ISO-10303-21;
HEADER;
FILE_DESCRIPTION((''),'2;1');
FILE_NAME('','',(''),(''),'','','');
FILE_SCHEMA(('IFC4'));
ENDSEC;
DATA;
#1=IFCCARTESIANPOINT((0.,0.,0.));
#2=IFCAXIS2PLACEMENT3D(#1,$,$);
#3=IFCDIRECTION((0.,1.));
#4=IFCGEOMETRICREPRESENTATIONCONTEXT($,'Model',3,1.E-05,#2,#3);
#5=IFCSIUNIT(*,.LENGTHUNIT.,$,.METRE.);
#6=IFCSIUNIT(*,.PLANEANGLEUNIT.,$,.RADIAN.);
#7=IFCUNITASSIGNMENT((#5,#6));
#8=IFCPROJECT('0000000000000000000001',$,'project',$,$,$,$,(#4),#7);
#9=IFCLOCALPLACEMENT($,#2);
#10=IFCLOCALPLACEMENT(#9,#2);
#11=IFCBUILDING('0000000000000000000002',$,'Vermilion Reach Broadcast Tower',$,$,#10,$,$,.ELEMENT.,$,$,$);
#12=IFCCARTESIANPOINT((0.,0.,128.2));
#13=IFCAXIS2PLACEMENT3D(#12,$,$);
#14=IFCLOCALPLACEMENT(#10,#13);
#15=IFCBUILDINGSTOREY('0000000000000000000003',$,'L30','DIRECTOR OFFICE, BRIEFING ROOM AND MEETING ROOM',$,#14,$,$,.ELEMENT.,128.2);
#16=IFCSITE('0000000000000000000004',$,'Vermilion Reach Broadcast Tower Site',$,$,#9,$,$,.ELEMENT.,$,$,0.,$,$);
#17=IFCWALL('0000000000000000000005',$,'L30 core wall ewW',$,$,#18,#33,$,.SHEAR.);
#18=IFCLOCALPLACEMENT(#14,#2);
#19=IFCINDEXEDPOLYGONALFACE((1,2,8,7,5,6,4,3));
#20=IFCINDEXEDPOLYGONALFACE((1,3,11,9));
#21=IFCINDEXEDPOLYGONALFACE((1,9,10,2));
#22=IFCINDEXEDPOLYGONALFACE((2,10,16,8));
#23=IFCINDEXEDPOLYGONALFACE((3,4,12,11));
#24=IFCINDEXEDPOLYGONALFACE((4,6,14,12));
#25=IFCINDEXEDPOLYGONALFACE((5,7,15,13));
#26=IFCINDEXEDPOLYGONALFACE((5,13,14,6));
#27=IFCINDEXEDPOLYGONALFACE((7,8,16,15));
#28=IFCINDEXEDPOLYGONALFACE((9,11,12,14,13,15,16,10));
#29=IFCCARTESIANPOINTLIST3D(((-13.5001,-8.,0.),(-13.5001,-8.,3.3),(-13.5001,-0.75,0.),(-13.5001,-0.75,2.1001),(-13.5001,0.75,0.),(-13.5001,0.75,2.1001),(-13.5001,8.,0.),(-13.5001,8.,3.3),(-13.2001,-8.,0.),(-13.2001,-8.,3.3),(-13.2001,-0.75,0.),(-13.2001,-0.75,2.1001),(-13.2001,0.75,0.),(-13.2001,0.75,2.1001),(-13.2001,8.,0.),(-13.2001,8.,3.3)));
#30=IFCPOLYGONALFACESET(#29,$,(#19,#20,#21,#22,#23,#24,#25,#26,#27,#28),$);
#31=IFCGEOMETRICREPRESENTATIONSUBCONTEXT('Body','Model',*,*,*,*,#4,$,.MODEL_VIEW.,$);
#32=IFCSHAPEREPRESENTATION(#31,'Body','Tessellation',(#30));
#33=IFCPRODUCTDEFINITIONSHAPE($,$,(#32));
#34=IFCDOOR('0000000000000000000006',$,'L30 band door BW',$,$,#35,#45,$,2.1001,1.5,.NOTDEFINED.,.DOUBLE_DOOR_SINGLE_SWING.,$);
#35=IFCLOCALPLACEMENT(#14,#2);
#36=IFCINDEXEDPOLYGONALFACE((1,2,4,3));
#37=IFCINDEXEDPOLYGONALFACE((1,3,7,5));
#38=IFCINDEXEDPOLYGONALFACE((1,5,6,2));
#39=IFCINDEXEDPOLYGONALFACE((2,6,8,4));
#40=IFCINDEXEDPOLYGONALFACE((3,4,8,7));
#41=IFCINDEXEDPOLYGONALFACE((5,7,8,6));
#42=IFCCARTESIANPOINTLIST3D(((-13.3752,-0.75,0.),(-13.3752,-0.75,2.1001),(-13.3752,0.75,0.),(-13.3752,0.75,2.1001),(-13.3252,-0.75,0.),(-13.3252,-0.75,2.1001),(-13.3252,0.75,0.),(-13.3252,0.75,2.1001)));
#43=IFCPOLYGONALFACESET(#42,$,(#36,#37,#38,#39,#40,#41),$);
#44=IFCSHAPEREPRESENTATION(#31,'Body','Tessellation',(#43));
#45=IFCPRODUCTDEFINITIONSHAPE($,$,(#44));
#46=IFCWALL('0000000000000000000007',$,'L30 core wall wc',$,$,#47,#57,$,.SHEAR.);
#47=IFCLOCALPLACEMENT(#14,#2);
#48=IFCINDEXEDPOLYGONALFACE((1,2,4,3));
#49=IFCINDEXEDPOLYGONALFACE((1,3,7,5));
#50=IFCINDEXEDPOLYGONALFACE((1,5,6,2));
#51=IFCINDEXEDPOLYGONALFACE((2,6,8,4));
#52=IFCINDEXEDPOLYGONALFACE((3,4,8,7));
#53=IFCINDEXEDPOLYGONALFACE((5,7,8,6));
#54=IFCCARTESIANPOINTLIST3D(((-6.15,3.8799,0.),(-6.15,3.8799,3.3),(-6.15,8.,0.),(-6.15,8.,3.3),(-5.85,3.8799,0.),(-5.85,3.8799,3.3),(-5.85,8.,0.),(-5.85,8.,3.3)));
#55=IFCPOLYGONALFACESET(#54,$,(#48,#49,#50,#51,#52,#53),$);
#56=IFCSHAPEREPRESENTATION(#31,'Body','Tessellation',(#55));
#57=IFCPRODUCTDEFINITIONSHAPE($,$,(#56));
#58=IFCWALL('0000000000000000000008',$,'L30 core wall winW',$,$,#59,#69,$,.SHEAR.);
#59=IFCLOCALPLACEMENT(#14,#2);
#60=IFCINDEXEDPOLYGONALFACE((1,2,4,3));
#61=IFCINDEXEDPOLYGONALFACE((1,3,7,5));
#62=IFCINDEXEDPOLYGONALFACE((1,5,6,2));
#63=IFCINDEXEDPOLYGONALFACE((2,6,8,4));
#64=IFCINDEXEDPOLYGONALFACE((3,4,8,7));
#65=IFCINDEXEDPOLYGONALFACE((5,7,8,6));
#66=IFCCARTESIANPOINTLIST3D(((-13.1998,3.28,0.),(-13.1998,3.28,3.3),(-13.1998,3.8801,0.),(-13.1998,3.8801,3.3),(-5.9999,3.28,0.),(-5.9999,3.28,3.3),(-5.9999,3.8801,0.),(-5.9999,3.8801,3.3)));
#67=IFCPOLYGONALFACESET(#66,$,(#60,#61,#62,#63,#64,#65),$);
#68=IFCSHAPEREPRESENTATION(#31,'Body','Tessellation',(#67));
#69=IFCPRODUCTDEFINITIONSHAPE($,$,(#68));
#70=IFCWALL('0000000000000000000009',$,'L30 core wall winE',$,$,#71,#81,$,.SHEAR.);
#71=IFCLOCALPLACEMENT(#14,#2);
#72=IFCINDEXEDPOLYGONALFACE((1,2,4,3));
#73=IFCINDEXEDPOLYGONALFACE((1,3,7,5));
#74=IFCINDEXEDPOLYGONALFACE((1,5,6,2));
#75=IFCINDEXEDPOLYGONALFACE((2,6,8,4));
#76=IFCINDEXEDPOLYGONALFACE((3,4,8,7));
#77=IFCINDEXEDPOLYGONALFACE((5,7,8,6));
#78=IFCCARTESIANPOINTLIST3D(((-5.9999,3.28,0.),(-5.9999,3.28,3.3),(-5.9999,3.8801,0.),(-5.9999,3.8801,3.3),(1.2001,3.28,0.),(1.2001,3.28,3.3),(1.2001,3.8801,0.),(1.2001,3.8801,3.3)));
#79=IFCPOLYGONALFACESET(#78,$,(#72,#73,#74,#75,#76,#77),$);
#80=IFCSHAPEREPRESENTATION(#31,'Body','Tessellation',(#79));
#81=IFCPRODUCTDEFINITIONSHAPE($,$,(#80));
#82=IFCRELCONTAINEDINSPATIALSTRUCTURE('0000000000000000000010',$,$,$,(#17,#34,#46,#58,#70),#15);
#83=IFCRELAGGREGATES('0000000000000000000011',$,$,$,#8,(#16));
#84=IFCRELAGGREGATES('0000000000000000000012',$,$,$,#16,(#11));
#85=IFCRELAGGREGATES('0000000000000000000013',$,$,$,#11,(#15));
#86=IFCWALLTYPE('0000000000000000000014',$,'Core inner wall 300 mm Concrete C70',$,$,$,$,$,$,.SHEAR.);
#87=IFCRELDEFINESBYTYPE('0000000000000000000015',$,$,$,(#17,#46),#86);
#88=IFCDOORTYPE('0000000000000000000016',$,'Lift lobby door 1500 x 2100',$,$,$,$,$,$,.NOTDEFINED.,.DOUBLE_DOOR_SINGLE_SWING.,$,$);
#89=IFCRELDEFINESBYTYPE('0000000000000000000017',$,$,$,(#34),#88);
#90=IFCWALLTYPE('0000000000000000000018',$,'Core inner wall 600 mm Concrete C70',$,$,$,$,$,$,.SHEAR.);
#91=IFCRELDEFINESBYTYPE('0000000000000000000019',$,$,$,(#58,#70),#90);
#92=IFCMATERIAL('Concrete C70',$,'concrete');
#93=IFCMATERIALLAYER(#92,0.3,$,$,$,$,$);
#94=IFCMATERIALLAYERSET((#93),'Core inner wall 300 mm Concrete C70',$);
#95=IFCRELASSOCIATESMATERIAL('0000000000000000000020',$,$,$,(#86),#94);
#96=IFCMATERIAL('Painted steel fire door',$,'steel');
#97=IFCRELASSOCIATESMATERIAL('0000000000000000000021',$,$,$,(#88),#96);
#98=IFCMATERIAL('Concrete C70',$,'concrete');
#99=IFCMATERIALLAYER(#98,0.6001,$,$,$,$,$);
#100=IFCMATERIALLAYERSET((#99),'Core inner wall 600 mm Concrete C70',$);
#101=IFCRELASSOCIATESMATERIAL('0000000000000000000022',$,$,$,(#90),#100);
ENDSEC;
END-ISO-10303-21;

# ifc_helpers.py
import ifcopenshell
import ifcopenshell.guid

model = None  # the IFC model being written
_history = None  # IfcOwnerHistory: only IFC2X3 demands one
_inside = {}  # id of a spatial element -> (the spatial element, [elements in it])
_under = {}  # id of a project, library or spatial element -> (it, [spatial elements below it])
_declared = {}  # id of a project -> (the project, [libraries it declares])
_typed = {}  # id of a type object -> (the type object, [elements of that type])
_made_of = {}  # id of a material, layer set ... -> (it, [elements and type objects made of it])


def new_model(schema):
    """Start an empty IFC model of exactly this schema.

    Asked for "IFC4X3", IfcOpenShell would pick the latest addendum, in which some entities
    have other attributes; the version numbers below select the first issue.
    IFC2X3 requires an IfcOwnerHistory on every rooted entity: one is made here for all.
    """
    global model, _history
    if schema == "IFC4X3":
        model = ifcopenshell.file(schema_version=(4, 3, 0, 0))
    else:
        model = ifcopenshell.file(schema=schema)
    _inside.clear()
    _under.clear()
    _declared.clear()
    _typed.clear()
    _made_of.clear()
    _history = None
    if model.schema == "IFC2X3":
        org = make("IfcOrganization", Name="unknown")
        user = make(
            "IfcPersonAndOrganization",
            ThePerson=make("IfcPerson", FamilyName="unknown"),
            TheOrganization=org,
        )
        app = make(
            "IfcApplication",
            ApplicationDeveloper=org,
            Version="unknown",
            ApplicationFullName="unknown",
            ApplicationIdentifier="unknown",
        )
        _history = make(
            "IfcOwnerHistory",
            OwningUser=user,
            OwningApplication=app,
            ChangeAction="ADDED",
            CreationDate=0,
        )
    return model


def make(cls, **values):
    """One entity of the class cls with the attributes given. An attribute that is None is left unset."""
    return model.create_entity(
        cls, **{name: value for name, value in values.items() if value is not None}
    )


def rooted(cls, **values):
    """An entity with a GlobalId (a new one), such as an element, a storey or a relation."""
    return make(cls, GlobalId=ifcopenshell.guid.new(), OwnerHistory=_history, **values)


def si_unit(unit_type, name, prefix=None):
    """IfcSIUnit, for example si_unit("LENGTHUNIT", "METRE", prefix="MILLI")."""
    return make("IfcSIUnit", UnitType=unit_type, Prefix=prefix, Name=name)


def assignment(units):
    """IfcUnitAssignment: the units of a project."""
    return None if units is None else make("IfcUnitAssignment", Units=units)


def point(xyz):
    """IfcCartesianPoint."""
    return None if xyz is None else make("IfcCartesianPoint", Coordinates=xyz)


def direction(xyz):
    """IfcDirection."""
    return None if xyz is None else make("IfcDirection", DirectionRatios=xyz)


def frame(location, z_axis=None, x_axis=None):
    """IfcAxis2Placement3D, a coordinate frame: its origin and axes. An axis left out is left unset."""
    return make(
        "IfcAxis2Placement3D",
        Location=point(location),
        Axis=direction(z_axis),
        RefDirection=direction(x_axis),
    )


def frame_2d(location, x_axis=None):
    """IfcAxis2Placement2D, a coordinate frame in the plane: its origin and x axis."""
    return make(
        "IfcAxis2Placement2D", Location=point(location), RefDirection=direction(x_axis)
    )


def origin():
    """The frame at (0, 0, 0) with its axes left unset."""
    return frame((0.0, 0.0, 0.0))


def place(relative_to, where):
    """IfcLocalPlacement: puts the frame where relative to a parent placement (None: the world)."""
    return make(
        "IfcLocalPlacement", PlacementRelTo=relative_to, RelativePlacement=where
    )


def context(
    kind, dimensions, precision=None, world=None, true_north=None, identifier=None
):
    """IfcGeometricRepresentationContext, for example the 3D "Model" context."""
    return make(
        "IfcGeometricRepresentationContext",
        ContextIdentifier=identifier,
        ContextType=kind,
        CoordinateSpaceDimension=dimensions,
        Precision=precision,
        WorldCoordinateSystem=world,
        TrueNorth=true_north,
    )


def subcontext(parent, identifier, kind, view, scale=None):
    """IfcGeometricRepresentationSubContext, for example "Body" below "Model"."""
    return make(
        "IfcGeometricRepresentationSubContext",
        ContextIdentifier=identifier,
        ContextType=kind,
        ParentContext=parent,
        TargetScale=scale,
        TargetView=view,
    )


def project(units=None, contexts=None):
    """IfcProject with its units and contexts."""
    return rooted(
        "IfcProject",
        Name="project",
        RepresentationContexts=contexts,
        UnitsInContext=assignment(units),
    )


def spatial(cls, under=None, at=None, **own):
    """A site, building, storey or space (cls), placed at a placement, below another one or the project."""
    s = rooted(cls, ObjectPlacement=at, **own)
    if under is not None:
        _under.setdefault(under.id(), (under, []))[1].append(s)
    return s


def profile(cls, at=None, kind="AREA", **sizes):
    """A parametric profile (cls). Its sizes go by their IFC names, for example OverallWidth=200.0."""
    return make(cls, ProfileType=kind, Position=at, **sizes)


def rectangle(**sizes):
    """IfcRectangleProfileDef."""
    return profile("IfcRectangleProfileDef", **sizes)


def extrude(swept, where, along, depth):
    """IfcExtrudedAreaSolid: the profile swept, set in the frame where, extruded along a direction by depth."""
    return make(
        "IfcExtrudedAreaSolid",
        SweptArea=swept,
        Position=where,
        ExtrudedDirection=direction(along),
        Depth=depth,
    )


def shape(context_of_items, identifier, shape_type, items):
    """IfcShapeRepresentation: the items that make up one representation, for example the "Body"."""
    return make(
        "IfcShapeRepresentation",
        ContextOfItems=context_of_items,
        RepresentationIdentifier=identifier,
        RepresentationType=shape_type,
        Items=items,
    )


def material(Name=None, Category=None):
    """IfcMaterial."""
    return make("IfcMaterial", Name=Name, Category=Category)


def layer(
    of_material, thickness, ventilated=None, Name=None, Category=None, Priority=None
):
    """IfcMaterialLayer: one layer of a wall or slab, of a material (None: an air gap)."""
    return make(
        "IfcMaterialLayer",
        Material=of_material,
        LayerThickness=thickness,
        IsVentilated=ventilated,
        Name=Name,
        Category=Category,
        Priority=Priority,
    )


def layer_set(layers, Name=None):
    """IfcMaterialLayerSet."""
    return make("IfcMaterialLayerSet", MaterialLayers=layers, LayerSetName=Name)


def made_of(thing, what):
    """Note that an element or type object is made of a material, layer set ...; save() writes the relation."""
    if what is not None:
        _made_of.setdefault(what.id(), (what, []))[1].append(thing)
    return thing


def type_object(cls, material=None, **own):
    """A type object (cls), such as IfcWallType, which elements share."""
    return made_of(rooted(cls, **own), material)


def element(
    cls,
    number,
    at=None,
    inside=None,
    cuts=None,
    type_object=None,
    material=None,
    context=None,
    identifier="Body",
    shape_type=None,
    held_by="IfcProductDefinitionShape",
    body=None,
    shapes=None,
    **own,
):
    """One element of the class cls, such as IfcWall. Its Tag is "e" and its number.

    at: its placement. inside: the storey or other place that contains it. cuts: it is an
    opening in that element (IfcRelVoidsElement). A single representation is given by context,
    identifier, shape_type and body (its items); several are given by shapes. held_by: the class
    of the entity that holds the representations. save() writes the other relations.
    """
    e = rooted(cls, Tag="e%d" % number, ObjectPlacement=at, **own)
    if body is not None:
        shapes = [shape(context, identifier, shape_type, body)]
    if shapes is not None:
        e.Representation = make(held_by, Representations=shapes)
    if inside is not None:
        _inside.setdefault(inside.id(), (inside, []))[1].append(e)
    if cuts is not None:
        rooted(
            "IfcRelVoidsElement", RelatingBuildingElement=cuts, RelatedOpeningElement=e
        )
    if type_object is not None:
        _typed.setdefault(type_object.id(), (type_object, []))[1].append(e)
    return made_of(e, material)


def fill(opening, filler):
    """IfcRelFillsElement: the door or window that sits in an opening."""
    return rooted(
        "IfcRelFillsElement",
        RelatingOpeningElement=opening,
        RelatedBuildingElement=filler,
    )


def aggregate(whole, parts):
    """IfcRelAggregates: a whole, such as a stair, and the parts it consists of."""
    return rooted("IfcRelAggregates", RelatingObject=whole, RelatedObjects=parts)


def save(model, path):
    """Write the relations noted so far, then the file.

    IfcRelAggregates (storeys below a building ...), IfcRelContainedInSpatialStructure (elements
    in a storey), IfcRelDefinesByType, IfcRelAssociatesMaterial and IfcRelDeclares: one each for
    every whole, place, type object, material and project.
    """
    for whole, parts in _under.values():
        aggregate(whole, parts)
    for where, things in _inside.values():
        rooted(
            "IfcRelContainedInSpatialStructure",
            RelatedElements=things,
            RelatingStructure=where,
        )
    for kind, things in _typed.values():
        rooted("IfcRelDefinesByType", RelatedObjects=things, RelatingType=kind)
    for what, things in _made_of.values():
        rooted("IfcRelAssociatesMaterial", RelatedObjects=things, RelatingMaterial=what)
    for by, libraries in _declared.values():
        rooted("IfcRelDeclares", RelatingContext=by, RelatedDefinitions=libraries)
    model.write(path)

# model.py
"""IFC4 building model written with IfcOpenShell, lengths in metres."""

from ifc_helpers import new_model, si_unit, direction, frame, frame_2d, origin, place, context, subcontext, project, spatial, rectangle, extrude, material, layer, layer_set, type_object, element, fill, save


model = new_model("IFC4")

# Units and contexts
model_context = context("Model", 3, precision=1e-05, world=origin(), true_north=direction((0.0, 1.0)))
body_context = subcontext(model_context, "Body", "Model", "MODEL_VIEW")
ifc_project = project(units=[si_unit("LENGTHUNIT", "METRE"), si_unit("PLANEANGLEUNIT", "RADIAN")], contexts=[model_context])

# Site, building, storey
site_placement = place(None, origin())
site = spatial("IfcSite", under=ifc_project, at=site_placement, Name="Vermilion Reach Broadcast Tower Site", CompositionType="ELEMENT", RefElevation=0.0)
building_placement = place(site_placement, origin())
building = spatial("IfcBuilding", under=site, at=building_placement, Name="Vermilion Reach Broadcast Tower", CompositionType="ELEMENT")
storey_placement = place(building_placement, frame((0.0, 0.0, 128.2)))
storey = spatial("IfcBuildingStorey", under=building, at=storey_placement, Name="L30", Description="DIRECTOR OFFICE, BRIEFING ROOM AND MEETING ROOM", CompositionType="ELEMENT", Elevation=128.2)

# Wall, opening, door
ifc_material_1 = material(Name="Concrete C70", Category="concrete")
ifc_layer_1 = layer(ifc_material_1, 0.3)
ifc_layer_set_1 = layer_set([ifc_layer_1], Name="Core inner wall 300 mm Concrete C70")
wall_type_1 = type_object("IfcWallType", Name="Core inner wall 300 mm Concrete C70", PredefinedType="SHEAR", material=ifc_layer_set_1)
wall_1_placement = place(storey_placement, frame((-13.3501, 8.0, 0.0), z_axis=(0.0, 0.0, 1.0), x_axis=(0.0, -1.0, 0.0)))
wall_1 = element("IfcWall", 1, at=wall_1_placement, inside=storey, type_object=wall_type_1, Name="L30 core wall ewW", PredefinedType="SHEAR", context=body_context, shape_type="SweptSolid", body=[
    extrude(rectangle(XDim=16.0, YDim=0.3, at=frame_2d((8.0, 0.0))), origin(), (0.0, 0.0, 1.0), 3.3),
])
opening_1_placement = place(wall_1_placement, frame((7.25, 0.0, 0.0)))
opening_1 = element("IfcOpeningElement", 2, at=opening_1_placement, cuts=wall_1, PredefinedType="OPENING", context=body_context, shape_type="SweptSolid", body=[
    extrude(rectangle(XDim=1.5, YDim=2.1001, at=frame_2d((0.75, 1.05))), frame((0.0, 0.1599, 0.0), z_axis=(0.0, -1.0, 0.0), x_axis=(1.0, 0.0, 0.0)), (0.0, 0.0, 1.0), 0.3201),
])
ifc_material_2 = material(Name="Painted steel fire door", Category="steel")
door_type_1 = type_object("IfcDoorType", Name="Lift lobby door 1500 x 2100", OperationType="DOUBLE_DOOR_SINGLE_SWING", PredefinedType="NOTDEFINED", material=ifc_material_2)
door_1_placement = place(opening_1_placement, origin())
door_1 = element("IfcDoor", 3, at=door_1_placement, inside=storey, type_object=door_type_1, Name="L30 band door BW", OperationType="DOUBLE_DOOR_SINGLE_SWING", OverallHeight=2.1001, OverallWidth=1.5, PredefinedType="NOTDEFINED", context=body_context, shape_type="SweptSolid", body=[
    extrude(rectangle(XDim=1.5, YDim=2.1001, at=frame_2d((0.75, 1.05))), frame((0.0, 0.0249, 0.0), z_axis=(0.0, -1.0, 0.0), x_axis=(1.0, 0.0, 0.0)), (0.0, 0.0, 1.0), 0.05),
])
fill(opening_1, door_1)

# Walls
wall_2_placement = place(storey_placement, frame((-6.0, 3.8799, 0.0), z_axis=(0.0, 0.0, 1.0), x_axis=(0.0, 1.0, 0.0)))
element("IfcWall", 4, at=wall_2_placement, inside=storey, type_object=wall_type_1, Name="L30 core wall wc", PredefinedType="SHEAR", context=body_context, shape_type="SweptSolid", body=[
    extrude(rectangle(XDim=4.1201, YDim=0.3, at=frame_2d((2.0601, 0.0))), origin(), (0.0, 0.0, 1.0), 3.3),
])
ifc_material_3 = material(Name="Concrete C70", Category="concrete")
ifc_layer_2 = layer(ifc_material_3, 0.6001)
ifc_layer_set_2 = layer_set([ifc_layer_2], Name="Core inner wall 600 mm Concrete C70")
wall_type_2 = type_object("IfcWallType", Name="Core inner wall 600 mm Concrete C70", PredefinedType="SHEAR", material=ifc_layer_set_2)
for number, where, z_axis, x_axis, name in (
    (5, (-13.2, 3.5801, 0.0), (0.0, 0.0, 1.0), (1.0, 0.0, 0.0), "L30 core wall winW"),
    (6, (-6.0, 3.5801, 0.0), (0.0, 0.0, 1.0), (1.0, 0.0, 0.0), "L30 core wall winE"),
):
    element("IfcWall", number, at=place(storey_placement, frame(where, z_axis=z_axis, x_axis=x_axis)), inside=storey, type_object=wall_type_2, Name=name, PredefinedType="SHEAR", context=body_context, shape_type="SweptSolid", body=[
        extrude(rectangle(XDim=7.2, YDim=0.6001, at=frame_2d((3.6001, 0.0))), origin(), (0.0, 0.0, 1.0), 3.3),
    ])

save(model, "model.ifc")
